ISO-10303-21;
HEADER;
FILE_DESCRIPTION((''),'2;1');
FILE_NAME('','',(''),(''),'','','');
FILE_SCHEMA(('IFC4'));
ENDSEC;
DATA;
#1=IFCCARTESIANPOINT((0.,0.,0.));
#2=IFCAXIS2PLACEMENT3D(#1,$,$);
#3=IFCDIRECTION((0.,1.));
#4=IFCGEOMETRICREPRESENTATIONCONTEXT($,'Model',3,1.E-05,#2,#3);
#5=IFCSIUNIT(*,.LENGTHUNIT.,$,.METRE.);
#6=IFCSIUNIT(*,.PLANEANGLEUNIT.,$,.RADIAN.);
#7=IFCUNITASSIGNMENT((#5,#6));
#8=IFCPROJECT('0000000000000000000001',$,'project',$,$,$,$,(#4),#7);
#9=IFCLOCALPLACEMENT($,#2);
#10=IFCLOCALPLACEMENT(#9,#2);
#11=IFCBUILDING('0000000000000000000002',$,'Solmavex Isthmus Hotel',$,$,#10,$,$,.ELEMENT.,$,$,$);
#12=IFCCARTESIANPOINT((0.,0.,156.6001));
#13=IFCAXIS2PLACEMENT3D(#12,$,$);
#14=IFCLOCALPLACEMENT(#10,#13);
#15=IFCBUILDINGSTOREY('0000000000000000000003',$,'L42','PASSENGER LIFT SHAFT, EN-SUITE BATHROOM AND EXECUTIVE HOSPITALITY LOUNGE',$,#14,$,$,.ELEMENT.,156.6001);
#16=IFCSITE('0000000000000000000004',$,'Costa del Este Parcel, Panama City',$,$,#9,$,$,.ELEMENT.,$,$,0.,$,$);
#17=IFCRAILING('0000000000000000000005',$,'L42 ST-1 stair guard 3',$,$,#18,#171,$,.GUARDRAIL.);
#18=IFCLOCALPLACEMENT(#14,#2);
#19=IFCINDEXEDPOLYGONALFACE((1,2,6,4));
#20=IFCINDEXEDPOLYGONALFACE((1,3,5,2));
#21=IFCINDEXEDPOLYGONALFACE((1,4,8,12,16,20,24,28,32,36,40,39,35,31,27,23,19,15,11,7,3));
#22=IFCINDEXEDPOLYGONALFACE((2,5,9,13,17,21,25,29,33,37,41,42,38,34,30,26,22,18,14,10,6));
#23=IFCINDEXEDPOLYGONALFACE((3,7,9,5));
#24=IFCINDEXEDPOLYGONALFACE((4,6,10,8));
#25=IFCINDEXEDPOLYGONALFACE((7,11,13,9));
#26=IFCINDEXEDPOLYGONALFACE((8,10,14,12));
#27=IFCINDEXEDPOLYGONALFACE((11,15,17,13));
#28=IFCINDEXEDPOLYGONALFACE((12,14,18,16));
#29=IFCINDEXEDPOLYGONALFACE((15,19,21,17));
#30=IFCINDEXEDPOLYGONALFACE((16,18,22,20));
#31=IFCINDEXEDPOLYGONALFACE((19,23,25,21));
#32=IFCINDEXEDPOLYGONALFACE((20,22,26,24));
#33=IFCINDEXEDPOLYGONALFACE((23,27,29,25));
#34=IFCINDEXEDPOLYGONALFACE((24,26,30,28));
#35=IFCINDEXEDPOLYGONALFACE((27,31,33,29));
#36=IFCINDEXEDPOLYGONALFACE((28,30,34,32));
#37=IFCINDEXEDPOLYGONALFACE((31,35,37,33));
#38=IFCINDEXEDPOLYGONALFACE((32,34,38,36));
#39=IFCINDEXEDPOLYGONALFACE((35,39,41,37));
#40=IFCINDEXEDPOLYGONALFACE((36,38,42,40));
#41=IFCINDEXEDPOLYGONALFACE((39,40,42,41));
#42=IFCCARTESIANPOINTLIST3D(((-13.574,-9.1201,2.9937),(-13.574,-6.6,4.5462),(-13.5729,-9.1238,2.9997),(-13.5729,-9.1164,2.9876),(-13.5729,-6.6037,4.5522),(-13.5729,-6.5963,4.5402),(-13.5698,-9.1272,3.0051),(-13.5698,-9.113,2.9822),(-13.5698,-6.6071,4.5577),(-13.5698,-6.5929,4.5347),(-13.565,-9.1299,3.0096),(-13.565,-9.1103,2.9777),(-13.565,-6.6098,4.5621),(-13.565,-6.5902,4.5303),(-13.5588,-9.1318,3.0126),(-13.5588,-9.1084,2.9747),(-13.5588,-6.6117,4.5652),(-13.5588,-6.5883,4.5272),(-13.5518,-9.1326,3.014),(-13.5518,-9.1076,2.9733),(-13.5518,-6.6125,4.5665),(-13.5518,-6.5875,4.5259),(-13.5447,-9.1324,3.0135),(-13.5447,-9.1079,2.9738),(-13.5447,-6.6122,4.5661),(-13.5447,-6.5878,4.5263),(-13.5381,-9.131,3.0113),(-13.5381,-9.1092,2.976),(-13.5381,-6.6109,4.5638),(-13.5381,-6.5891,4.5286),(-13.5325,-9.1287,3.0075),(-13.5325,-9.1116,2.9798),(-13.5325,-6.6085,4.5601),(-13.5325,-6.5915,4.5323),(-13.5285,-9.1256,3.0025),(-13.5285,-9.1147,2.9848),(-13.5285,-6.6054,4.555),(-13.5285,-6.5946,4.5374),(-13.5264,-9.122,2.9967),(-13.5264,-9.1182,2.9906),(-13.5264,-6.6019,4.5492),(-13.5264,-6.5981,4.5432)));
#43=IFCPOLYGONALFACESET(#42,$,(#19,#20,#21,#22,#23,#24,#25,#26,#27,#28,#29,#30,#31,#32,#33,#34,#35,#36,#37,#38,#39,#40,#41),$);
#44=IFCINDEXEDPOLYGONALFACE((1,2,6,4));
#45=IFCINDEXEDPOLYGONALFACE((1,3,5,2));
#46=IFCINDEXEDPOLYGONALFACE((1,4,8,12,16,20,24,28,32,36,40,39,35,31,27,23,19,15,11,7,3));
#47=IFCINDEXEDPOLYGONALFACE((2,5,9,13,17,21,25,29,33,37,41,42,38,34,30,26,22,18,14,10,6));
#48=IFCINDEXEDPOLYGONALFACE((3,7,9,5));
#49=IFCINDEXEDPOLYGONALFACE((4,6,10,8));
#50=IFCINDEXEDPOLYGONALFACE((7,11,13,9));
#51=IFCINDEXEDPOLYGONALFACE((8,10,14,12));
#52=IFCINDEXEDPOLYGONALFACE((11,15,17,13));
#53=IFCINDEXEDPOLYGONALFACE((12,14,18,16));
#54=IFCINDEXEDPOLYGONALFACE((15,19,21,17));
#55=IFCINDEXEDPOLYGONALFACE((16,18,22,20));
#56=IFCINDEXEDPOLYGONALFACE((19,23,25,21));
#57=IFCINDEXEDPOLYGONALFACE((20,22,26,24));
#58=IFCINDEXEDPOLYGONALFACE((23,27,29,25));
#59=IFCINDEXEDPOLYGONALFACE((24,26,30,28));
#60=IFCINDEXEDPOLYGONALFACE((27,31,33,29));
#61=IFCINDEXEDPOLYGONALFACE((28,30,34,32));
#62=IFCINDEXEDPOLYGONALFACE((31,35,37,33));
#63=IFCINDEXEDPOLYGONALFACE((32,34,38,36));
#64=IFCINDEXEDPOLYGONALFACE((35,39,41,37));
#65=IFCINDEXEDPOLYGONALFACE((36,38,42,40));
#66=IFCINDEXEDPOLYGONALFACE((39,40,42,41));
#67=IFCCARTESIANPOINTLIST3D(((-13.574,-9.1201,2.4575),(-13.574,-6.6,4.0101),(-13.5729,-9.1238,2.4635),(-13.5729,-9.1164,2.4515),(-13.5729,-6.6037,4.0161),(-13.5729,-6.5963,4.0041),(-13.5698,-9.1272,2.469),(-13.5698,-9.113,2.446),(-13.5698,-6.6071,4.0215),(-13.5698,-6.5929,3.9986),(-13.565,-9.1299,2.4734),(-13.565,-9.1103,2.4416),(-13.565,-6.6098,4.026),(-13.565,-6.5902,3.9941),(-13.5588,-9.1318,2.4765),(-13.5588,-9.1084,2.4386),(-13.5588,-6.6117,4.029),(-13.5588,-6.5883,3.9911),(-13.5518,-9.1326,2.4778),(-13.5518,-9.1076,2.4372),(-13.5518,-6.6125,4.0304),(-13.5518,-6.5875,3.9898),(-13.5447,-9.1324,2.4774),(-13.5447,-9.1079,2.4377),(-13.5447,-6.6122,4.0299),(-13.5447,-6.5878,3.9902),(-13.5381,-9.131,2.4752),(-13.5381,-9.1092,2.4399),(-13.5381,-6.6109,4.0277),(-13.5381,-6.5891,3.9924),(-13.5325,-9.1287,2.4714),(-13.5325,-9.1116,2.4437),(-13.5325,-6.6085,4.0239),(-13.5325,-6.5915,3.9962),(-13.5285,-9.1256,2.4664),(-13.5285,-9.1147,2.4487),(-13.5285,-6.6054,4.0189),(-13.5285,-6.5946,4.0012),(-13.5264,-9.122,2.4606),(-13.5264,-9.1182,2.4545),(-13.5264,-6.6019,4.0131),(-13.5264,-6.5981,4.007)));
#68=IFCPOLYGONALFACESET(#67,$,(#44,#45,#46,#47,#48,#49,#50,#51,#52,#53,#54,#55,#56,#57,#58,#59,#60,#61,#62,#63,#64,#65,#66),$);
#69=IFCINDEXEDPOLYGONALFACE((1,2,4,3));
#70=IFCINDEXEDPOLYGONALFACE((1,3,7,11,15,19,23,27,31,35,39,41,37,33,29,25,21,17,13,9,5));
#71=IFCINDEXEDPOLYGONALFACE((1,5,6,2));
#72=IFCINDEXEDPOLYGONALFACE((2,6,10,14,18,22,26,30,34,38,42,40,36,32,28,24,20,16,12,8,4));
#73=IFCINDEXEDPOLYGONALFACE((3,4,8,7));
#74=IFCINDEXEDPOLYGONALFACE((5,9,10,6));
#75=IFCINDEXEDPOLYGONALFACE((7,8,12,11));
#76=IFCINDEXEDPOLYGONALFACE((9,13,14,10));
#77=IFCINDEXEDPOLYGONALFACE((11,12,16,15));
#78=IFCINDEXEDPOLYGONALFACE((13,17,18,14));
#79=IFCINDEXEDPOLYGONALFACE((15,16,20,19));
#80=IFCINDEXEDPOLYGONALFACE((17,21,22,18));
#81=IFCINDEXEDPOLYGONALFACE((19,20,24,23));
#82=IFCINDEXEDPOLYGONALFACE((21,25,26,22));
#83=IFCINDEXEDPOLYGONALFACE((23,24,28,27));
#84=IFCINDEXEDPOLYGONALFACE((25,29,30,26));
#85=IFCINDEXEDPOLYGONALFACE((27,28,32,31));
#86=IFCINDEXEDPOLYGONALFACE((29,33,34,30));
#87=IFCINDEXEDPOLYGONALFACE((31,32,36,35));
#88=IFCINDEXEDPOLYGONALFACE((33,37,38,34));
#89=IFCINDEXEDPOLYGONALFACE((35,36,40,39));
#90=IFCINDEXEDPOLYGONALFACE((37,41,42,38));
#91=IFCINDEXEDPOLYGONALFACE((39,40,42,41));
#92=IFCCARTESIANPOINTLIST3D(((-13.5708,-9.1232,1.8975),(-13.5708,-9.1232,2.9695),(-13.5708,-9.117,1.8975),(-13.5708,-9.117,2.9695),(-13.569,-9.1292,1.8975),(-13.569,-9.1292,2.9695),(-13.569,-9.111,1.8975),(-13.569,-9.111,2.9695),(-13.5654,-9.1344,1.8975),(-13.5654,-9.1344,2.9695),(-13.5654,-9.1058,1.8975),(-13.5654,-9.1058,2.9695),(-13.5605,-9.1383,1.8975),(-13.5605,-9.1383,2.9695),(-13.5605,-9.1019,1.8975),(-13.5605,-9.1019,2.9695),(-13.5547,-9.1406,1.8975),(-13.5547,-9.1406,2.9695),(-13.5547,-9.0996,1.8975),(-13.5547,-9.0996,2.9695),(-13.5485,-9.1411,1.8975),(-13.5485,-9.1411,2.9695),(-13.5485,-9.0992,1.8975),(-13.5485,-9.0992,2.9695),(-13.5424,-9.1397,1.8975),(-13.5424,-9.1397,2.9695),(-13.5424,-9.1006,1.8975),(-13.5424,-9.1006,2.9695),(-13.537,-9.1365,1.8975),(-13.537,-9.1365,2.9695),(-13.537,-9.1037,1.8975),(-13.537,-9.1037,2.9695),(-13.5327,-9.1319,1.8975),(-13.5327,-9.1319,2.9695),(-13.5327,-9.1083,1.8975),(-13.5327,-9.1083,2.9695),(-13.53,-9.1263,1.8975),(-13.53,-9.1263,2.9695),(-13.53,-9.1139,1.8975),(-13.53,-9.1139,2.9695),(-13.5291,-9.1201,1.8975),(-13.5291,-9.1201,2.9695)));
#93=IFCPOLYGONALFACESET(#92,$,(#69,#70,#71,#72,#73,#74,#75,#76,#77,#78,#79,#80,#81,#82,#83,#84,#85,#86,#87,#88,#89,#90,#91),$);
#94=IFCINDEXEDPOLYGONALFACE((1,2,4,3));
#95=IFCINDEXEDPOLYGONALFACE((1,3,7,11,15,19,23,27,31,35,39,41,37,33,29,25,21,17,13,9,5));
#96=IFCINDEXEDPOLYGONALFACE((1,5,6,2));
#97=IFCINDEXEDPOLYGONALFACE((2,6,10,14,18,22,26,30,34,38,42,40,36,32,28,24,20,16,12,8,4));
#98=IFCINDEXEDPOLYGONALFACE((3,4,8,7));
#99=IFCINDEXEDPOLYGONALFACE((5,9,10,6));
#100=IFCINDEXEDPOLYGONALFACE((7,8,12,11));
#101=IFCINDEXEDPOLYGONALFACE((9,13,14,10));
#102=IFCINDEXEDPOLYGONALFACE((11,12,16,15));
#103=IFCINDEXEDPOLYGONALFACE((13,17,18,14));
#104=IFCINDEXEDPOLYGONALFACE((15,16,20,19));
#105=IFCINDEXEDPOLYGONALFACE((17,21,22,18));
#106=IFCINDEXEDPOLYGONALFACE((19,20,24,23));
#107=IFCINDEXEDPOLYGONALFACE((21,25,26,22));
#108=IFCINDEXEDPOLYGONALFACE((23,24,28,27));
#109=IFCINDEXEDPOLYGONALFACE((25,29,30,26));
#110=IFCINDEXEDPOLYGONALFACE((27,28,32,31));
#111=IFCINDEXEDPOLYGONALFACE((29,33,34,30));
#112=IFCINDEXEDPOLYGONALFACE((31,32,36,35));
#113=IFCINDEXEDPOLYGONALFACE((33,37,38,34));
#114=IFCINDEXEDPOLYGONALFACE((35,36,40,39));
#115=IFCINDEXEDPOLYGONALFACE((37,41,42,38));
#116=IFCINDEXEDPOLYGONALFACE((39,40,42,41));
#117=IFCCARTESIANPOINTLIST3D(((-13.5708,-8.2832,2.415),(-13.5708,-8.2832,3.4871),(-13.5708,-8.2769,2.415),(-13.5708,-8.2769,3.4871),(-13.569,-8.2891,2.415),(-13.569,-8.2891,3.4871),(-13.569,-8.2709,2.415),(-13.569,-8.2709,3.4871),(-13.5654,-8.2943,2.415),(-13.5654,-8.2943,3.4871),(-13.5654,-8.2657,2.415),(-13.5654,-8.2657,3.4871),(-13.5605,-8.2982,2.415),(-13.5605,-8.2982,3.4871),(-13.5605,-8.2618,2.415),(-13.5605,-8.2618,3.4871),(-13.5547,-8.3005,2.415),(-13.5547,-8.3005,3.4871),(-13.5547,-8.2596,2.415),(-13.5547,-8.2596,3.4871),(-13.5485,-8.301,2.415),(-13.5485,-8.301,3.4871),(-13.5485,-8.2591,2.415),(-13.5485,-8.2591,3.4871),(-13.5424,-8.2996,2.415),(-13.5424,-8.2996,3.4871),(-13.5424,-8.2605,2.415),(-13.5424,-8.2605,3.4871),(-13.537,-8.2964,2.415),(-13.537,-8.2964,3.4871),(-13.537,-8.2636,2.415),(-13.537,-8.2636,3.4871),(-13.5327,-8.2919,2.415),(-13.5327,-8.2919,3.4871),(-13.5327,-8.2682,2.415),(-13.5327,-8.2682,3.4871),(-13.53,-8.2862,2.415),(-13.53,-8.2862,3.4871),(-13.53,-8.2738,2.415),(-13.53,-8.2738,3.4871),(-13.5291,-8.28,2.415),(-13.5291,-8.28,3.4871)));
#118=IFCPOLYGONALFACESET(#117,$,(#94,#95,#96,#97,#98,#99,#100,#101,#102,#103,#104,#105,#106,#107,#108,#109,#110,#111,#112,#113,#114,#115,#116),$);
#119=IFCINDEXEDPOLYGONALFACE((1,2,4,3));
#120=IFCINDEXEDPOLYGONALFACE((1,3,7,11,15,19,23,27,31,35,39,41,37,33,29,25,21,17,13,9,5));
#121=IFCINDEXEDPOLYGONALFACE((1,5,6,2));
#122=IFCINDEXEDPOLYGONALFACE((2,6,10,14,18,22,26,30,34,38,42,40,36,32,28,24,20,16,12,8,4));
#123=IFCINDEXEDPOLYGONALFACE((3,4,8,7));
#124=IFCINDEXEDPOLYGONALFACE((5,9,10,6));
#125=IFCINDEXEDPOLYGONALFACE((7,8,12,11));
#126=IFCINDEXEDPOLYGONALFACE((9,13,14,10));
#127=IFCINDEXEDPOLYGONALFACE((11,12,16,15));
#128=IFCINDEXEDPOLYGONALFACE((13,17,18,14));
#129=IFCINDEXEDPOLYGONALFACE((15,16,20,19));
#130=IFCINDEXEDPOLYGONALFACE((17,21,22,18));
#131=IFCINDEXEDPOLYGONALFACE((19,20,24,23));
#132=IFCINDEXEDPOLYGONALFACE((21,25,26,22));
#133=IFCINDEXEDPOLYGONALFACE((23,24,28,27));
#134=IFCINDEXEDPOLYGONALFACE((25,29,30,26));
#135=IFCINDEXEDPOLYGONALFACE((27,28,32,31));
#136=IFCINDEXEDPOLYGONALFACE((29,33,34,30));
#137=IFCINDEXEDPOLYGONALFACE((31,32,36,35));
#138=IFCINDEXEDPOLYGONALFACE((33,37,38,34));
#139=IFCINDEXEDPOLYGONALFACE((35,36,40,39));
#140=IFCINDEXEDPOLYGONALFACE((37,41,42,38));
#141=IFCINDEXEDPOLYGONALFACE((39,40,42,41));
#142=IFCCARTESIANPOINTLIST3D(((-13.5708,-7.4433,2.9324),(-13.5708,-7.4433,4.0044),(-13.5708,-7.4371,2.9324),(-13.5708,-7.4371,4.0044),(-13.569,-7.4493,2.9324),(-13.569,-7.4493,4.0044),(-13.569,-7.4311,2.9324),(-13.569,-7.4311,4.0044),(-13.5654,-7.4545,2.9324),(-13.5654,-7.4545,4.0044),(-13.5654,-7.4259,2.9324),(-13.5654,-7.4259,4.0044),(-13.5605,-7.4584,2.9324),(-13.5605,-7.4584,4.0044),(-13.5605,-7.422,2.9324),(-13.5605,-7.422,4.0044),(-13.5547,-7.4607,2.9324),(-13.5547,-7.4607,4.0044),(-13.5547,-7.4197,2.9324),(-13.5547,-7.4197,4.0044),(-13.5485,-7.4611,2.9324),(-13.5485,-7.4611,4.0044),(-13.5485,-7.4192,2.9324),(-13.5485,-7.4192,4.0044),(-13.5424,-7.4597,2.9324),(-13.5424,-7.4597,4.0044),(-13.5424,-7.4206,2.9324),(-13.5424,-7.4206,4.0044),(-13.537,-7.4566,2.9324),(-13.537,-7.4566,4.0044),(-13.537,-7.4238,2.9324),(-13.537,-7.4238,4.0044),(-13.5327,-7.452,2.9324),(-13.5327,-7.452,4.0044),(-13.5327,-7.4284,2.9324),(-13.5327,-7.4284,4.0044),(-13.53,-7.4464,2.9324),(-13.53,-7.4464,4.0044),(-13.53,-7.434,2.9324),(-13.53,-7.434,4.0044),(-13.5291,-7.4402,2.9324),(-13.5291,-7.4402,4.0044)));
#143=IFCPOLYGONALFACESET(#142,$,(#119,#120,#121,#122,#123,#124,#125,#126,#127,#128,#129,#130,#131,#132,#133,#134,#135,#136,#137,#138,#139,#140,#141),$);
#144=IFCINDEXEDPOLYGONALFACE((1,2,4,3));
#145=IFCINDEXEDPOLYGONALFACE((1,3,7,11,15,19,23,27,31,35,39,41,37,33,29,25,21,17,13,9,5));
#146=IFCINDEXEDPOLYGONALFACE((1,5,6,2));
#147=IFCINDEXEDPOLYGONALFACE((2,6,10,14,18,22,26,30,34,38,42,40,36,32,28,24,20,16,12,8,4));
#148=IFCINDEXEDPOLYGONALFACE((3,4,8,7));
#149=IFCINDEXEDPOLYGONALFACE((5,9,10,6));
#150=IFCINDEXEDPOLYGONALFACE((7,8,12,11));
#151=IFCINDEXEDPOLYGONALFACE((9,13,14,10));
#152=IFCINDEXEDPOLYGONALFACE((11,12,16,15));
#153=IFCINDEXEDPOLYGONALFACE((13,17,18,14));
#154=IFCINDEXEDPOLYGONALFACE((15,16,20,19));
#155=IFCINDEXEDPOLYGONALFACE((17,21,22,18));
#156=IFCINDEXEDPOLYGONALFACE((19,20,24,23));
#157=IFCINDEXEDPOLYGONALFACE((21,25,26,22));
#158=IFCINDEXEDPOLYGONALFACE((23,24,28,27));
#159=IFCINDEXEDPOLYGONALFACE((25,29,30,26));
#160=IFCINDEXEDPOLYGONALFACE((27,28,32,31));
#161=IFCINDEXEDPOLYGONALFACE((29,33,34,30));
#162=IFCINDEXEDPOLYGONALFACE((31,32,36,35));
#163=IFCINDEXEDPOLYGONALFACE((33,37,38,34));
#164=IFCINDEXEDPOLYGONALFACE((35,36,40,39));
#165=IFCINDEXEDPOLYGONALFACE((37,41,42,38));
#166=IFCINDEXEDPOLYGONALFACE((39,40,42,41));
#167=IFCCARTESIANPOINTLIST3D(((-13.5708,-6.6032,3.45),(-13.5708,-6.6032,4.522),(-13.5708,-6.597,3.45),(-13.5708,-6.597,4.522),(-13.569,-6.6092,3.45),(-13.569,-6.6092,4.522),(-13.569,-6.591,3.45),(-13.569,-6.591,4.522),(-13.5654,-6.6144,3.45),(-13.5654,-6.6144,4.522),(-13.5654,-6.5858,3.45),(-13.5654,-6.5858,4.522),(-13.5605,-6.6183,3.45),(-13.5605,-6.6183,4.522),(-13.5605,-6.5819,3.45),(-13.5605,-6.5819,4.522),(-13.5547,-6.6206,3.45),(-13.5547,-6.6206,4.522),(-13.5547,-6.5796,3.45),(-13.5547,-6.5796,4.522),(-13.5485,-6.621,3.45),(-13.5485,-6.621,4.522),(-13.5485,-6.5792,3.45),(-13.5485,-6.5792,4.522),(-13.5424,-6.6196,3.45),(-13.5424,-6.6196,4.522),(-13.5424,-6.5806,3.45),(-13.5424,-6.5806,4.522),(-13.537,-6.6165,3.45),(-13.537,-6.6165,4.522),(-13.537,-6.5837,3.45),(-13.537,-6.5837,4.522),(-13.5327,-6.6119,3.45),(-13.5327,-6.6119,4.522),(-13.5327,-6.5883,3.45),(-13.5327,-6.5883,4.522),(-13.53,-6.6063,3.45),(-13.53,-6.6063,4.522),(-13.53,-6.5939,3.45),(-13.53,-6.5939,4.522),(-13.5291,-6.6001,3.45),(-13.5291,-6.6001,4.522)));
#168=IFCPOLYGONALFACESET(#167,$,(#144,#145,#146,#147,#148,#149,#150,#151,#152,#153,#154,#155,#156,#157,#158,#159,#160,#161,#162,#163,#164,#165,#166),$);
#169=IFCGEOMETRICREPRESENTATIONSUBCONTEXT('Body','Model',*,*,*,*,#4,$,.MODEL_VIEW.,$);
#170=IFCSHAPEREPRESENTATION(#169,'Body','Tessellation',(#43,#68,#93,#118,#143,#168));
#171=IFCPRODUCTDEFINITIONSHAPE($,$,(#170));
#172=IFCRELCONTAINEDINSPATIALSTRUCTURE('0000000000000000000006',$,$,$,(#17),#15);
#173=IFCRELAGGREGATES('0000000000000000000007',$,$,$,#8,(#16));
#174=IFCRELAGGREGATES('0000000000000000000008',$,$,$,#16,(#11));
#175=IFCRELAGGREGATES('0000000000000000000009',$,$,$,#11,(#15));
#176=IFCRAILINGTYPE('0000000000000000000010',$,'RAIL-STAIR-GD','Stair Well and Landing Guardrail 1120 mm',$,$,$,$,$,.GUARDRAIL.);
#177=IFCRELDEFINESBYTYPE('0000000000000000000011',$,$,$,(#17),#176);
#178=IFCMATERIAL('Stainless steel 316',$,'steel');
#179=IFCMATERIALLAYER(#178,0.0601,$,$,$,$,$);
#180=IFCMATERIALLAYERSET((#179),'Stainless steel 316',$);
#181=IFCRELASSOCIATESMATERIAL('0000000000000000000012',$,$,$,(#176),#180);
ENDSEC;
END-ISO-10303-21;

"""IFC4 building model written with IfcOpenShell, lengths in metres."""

from ifc_helpers import new_model, si_unit, direction, frame, origin, origin_2d, place, context, subcontext, project, spatial, circle, extrude, material, layer, layer_set, type_object, element, save


model = new_model("IFC4")

# Units and contexts
model_context = context("Model", 3, precision=1e-05, world=origin(), true_north=direction((0.0, 1.0)))
body_context = subcontext(model_context, "Body", "Model", "MODEL_VIEW")
ifc_project = project(units=[si_unit("LENGTHUNIT", "METRE"), si_unit("PLANEANGLEUNIT", "RADIAN")], contexts=[model_context])

# Site, building, storey
site_placement = place(None, origin())
site = spatial("IfcSite", under=ifc_project, at=site_placement, Name="Costa del Este Parcel, Panama City", CompositionType="ELEMENT", RefElevation=0.0)
building_placement = place(site_placement, origin())
building = spatial("IfcBuilding", under=site, at=building_placement, Name="Solmavex Isthmus Hotel", CompositionType="ELEMENT")
storey_placement = place(building_placement, frame((0.0, 0.0, 156.6001)))
storey = spatial("IfcBuildingStorey", under=building, at=storey_placement, Name="L42", Description="PASSENGER LIFT SHAFT, EN-SUITE BATHROOM AND EXECUTIVE HOSPITALITY LOUNGE", CompositionType="ELEMENT", Elevation=156.6001)

# Shared definitions
ifc_material_1 = material(Name="Stainless steel 316", Category="steel")

# Railing
ifc_layer_1 = layer(ifc_material_1, 0.0601)
ifc_layer_set_1 = layer_set([ifc_layer_1], Name="Stainless steel 316")
railing_type_1 = type_object("IfcRailingType", Name="RAIL-STAIR-GD", Description="Stair Well and Landing Guardrail 1120 mm", PredefinedType="GUARDRAIL", material=ifc_layer_set_1)
railing_1_placement = place(storey_placement, frame((-13.55, -9.1201, 1.8975)))
element("IfcRailing", 1, at=railing_1_placement, inside=storey, type_object=railing_type_1, Name="L42 ST-1 stair guard 3", PredefinedType="GUARDRAIL", context=body_context, shape_type="SweptSolid", body=[
    extrude(circle(Radius=0.0239, at=origin_2d()), frame((0.0, 0.0, 1.0962), z_axis=(0.0, 0.8514, 0.524516), x_axis=(-1.0, 0.0, 0.0)), (0.0, 0.0, 1.0), 2.96),
    extrude(circle(Radius=0.0239, at=origin_2d()), frame((0.0, 0.0, 0.5601), z_axis=(0.0, 0.8514, 0.524516), x_axis=(-1.0, 0.0, 0.0)), (0.0, 0.0, 1.0), 2.96),
    extrude(circle(Radius=0.021, at=origin_2d()), origin(), (0.0, 0.0, 1.0), 1.072),
    extrude(circle(Radius=0.021, at=origin_2d()), frame((0.0, 0.8401, 0.5176)), (0.0, 0.0, 1.0), 1.072),
    extrude(circle(Radius=0.021, at=origin_2d()), frame((0.0, 1.6799, 1.0349)), (0.0, 0.0, 1.0), 1.072),
    extrude(circle(Radius=0.021, at=origin_2d()), frame((0.0, 2.52, 1.5525)), (0.0, 0.0, 1.0), 1.072),
])

save(model, "model.ifc")
